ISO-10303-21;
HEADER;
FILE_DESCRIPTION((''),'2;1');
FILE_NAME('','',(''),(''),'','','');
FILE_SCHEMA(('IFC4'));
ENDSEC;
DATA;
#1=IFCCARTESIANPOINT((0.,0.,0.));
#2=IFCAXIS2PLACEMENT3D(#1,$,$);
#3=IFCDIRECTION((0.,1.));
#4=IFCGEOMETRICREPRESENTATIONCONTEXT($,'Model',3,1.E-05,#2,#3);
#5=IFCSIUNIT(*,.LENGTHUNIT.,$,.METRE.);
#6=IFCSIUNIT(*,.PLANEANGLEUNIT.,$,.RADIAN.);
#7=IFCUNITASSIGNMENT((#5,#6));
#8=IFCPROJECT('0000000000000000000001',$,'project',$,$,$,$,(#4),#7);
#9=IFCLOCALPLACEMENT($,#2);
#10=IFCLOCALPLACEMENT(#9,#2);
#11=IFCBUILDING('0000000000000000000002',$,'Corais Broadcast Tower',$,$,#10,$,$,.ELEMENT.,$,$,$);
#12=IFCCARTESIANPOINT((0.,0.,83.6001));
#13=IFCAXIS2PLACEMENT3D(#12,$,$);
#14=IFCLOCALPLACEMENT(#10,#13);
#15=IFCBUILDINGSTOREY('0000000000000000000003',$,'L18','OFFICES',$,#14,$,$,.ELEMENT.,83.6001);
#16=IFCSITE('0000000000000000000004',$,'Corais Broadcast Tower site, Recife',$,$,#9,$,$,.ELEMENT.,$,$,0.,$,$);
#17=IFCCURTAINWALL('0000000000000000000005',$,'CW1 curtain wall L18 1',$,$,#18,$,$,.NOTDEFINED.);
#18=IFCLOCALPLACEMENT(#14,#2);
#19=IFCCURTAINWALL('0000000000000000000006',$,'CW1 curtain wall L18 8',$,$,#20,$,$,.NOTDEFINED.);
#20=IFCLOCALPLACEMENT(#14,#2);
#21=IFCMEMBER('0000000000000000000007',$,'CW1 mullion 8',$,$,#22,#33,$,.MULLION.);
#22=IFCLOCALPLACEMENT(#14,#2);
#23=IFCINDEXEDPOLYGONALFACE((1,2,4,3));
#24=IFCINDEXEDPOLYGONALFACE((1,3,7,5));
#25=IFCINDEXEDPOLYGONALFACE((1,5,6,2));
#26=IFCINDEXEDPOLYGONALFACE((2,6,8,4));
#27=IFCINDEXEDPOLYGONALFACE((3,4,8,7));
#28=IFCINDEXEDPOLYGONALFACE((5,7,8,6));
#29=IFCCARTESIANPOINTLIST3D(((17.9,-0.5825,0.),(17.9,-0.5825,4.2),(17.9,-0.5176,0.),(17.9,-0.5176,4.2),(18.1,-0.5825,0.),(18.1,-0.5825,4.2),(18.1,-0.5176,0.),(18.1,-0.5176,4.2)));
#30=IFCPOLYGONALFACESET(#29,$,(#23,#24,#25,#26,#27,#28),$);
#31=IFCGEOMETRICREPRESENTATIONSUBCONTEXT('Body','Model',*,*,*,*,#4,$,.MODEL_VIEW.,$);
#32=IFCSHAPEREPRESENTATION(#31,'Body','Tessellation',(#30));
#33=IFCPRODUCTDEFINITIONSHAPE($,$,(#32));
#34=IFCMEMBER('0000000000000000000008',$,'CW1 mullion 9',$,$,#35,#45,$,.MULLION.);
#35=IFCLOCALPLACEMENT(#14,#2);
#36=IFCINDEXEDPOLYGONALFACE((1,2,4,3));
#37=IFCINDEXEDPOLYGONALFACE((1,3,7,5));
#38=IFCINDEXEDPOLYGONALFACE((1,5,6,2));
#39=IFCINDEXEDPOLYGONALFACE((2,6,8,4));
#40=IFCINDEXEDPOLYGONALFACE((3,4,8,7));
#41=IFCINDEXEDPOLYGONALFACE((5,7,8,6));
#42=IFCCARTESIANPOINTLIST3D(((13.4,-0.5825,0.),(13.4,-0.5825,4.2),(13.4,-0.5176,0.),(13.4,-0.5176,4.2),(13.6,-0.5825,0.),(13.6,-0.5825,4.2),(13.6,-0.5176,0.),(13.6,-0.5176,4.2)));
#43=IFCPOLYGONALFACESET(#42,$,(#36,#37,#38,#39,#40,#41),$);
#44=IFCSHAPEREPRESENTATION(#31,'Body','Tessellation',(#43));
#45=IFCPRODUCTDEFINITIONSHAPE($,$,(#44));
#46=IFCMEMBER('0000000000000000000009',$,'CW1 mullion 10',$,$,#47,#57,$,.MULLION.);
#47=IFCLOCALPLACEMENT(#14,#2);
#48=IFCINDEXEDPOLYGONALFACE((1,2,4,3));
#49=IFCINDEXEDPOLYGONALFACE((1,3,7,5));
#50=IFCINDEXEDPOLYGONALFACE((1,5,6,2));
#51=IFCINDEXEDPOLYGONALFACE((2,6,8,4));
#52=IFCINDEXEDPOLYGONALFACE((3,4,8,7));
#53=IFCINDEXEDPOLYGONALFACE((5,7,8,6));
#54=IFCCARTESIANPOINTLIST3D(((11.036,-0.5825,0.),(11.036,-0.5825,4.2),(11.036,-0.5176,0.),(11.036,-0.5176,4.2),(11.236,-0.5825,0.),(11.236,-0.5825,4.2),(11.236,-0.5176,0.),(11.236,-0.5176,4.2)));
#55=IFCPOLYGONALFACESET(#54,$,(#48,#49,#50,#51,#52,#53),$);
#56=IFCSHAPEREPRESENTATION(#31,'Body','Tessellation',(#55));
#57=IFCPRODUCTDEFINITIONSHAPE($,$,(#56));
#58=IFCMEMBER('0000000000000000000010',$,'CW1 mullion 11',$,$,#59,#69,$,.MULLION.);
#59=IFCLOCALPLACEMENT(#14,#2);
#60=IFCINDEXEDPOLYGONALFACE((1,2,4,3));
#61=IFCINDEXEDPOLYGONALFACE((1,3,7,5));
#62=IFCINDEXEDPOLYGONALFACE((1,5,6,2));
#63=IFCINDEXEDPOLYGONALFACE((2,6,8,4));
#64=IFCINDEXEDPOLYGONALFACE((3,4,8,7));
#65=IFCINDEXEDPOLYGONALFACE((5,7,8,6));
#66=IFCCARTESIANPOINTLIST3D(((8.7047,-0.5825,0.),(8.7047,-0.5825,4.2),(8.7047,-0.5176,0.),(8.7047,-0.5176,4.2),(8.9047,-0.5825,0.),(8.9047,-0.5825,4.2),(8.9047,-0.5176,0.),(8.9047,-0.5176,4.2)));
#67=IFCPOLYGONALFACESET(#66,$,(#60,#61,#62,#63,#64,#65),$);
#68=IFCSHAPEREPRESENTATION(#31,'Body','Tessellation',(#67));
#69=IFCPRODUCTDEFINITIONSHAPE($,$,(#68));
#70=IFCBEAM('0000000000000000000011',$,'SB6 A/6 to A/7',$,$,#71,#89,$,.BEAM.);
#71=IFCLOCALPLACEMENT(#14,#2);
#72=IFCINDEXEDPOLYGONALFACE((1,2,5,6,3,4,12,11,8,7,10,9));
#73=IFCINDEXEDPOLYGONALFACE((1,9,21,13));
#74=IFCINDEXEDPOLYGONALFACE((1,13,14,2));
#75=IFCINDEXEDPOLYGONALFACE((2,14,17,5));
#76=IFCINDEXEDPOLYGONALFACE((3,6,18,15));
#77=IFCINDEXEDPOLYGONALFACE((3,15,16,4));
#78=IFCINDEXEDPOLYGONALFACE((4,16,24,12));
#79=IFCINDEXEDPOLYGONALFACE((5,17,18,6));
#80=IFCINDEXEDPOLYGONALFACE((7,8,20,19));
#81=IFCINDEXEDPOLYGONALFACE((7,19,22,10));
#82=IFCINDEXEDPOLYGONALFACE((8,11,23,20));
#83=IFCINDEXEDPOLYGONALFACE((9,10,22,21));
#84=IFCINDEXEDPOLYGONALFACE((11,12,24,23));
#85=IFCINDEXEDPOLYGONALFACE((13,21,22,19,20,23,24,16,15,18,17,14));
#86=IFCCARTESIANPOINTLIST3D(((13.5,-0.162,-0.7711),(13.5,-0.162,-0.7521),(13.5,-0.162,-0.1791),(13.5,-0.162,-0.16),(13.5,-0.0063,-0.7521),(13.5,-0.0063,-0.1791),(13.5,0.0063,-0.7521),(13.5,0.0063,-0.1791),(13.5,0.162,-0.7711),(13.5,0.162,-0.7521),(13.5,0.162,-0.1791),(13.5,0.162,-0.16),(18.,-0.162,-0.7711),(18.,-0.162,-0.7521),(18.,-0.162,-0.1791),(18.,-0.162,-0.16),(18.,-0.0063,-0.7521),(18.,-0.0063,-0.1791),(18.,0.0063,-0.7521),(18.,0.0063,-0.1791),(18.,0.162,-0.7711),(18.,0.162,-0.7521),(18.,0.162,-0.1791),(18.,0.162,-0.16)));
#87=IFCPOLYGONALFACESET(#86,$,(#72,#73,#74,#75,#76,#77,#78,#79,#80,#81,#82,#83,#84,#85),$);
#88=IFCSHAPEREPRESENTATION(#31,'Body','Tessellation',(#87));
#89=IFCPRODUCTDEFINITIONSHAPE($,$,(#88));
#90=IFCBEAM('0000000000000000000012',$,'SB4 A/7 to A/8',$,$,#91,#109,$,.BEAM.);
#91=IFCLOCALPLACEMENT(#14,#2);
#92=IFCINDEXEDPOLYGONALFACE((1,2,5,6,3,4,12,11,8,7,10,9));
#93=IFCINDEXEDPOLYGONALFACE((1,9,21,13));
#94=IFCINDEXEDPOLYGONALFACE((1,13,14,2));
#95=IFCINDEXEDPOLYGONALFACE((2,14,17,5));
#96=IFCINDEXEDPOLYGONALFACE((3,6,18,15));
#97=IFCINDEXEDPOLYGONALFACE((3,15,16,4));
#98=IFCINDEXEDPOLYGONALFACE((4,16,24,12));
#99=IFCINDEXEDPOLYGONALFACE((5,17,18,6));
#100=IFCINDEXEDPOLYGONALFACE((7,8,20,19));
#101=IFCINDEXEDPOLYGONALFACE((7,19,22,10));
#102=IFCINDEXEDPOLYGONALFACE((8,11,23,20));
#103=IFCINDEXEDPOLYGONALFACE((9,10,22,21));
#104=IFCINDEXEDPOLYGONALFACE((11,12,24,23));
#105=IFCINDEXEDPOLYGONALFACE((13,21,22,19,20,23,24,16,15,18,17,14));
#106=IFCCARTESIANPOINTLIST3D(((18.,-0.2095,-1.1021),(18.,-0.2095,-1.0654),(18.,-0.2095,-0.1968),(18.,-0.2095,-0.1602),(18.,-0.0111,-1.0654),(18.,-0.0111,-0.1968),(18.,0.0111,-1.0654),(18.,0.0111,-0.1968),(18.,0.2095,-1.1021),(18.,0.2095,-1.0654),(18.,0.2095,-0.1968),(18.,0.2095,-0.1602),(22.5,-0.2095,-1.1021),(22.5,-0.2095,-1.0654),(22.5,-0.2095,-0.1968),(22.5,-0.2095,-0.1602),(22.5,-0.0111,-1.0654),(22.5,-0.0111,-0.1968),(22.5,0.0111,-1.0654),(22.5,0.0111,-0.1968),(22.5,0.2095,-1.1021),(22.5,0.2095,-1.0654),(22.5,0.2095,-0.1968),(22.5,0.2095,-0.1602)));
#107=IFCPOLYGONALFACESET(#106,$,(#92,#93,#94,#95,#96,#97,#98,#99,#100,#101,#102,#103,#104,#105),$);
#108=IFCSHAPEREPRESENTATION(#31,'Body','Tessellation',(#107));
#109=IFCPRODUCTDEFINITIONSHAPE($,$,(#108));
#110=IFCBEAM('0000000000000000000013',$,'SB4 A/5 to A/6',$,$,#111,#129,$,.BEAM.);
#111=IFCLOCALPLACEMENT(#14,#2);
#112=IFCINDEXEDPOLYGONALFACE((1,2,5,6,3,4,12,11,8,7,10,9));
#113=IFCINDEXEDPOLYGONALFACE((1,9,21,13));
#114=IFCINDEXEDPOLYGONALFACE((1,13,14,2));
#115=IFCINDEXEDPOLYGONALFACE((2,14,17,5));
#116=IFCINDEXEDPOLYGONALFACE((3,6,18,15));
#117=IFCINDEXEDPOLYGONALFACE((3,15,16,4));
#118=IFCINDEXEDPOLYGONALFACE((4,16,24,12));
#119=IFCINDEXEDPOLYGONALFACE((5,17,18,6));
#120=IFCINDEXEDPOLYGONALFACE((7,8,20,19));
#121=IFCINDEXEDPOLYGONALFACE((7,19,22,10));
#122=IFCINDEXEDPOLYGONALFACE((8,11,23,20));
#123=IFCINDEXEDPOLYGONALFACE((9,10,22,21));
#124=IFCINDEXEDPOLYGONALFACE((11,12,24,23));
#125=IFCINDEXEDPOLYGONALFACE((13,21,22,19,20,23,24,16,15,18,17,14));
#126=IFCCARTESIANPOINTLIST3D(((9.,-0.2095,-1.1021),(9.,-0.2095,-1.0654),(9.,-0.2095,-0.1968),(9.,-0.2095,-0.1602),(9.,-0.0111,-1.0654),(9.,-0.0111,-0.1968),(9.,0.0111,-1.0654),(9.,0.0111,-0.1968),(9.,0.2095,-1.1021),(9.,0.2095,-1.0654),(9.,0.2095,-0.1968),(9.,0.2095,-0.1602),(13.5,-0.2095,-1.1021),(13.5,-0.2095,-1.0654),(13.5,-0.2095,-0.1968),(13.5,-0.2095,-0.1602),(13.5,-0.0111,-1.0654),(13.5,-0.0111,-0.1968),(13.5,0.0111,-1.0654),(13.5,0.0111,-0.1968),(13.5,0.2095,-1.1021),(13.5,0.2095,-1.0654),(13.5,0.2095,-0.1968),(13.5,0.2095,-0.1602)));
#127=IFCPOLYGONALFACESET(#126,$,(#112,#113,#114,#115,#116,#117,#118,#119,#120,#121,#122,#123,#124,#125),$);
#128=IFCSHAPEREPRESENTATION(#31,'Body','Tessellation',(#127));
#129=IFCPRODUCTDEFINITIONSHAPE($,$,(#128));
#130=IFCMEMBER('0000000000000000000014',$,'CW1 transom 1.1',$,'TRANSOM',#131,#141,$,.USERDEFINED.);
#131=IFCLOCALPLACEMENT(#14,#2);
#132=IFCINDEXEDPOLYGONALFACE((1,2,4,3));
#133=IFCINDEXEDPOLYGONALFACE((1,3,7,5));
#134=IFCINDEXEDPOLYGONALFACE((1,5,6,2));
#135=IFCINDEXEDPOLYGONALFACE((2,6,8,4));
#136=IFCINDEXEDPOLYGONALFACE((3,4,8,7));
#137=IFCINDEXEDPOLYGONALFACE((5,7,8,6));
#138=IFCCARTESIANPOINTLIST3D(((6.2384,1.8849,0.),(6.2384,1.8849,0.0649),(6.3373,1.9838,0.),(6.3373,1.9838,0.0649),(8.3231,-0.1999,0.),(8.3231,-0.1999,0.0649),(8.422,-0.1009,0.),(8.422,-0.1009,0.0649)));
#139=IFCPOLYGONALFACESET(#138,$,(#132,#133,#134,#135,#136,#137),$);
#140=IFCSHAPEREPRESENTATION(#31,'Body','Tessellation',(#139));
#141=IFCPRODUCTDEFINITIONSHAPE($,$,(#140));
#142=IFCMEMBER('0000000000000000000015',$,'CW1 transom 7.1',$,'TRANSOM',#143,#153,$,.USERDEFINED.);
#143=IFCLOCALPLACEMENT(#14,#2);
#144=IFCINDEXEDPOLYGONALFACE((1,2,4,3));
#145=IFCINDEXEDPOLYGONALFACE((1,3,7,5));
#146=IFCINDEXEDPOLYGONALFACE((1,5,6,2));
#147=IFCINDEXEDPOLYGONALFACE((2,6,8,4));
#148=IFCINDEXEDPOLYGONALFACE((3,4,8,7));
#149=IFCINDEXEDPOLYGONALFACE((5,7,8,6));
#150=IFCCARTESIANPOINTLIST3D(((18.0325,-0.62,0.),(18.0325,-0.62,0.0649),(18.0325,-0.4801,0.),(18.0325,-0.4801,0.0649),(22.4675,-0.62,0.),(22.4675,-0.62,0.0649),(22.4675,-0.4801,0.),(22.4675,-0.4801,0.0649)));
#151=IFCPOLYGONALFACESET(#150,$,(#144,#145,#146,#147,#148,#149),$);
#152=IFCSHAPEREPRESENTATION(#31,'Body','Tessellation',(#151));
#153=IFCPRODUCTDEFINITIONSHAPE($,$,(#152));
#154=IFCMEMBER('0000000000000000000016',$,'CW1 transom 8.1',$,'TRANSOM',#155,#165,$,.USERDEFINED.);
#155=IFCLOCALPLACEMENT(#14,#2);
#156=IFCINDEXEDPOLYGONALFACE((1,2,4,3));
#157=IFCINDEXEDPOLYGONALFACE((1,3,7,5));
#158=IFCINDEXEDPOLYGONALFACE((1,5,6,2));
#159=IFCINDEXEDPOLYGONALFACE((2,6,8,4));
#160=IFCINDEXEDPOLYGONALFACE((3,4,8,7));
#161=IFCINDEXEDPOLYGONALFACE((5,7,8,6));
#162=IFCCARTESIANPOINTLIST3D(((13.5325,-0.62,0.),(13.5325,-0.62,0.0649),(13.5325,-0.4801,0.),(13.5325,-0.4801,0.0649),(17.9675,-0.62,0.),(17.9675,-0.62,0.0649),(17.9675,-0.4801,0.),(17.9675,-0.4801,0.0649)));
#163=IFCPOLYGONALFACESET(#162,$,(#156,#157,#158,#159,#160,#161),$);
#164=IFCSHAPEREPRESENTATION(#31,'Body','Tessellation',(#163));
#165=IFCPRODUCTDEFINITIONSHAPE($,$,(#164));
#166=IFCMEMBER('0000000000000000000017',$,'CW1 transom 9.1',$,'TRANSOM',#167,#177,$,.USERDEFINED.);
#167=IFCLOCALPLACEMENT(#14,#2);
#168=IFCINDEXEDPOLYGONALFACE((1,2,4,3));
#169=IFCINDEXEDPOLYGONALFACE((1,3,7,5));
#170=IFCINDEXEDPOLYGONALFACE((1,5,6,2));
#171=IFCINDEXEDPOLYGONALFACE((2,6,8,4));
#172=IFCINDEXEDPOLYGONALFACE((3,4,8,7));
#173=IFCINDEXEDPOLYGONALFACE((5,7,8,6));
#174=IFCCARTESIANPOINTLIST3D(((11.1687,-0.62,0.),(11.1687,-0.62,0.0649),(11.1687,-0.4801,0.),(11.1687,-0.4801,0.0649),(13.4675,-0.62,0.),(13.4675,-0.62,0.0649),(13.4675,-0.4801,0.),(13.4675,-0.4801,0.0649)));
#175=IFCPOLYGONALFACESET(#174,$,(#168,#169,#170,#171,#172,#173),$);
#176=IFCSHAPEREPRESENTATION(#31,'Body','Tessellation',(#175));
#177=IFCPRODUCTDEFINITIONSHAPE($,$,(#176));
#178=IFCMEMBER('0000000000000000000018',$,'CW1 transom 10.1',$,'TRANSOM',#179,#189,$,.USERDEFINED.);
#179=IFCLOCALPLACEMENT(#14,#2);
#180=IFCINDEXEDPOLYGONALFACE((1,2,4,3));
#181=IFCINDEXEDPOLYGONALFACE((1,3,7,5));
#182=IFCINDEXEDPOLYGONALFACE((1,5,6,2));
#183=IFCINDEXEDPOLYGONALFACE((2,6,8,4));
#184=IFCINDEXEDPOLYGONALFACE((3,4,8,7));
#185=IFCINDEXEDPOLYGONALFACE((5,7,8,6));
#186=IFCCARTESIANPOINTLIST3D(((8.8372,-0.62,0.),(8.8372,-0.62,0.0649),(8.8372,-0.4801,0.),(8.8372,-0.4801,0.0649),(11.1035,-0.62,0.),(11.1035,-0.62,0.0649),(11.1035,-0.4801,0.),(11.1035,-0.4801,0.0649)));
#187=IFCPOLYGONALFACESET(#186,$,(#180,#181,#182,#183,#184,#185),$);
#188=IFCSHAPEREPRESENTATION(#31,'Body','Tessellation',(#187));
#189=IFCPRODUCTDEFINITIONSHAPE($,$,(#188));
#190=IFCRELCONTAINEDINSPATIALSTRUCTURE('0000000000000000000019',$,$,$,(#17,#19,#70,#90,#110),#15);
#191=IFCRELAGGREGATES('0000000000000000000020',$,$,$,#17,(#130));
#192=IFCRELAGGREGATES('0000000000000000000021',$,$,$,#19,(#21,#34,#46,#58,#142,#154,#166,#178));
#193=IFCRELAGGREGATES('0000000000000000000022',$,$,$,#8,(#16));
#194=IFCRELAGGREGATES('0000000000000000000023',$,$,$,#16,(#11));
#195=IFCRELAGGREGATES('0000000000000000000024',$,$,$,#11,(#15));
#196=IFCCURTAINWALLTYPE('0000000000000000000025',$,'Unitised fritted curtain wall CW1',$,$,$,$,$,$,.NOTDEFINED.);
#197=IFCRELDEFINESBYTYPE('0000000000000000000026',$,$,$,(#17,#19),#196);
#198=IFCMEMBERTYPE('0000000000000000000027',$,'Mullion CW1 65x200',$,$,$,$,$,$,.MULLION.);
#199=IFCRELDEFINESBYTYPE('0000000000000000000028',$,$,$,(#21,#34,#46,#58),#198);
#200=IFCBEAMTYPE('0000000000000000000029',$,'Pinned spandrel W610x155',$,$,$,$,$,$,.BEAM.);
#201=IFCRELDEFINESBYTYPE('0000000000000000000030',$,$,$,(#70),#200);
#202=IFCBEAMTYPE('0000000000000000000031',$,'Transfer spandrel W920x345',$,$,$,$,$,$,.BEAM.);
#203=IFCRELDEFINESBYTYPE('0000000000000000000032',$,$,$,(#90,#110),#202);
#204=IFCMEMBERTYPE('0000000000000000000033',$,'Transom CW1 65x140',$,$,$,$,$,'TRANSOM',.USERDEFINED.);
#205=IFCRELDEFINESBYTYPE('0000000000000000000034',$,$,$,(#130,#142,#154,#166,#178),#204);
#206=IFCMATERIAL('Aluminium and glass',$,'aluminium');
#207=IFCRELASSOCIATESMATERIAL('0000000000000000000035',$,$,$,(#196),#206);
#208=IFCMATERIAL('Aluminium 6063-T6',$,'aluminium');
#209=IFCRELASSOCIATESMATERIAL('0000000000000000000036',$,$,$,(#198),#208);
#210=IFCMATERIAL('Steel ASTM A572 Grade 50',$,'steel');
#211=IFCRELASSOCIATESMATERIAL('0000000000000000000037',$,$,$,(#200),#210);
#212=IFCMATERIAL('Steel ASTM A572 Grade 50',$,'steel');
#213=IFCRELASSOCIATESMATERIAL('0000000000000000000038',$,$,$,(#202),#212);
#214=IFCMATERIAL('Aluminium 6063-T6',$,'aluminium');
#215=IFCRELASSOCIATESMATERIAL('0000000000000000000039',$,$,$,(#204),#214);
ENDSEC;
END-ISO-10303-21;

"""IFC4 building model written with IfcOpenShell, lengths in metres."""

from ifc_helpers import new_model, si_unit, direction, frame, origin, origin_2d, place, context, subcontext, project, spatial, rectangle, i_section, extrude, material, material_profile, profile_set, type_object, element, aggregate, save


model = new_model("IFC4")

# Units and contexts
model_context = context("Model", 3, precision=1e-05, world=origin(), true_north=direction((0.0, 1.0)))
body_context = subcontext(model_context, "Body", "Model", "MODEL_VIEW")
ifc_project = project(units=[si_unit("LENGTHUNIT", "METRE"), si_unit("PLANEANGLEUNIT", "RADIAN")], contexts=[model_context])

# Site, building, storey
site_placement = place(None, origin())
site = spatial("IfcSite", under=ifc_project, at=site_placement, Name="Corais Broadcast Tower site, Recife", CompositionType="ELEMENT", RefElevation=0.0)
building_placement = place(site_placement, origin())
building = spatial("IfcBuilding", under=site, at=building_placement, Name="Corais Broadcast Tower", CompositionType="ELEMENT")
storey_placement = place(building_placement, frame((0.0, 0.0, 83.6001)))
storey = spatial("IfcBuildingStorey", under=building, at=storey_placement, Name="L18", Description="OFFICES", CompositionType="ELEMENT", Elevation=83.6001)

# Curtain wall
ifc_material_1 = material(Name="Aluminium and glass", Category="aluminium")
curtain_wall_type = type_object("IfcCurtainWallType", Name="Unitised fritted curtain wall CW1", PredefinedType="NOTDEFINED", material=ifc_material_1)
curtain_wall_1_placement = place(storey_placement, origin())
curtain_wall_1 = element("IfcCurtainWall", 1, at=curtain_wall_1_placement, inside=storey, type_object=curtain_wall_type, Name="CW1 curtain wall L18 1", PredefinedType="NOTDEFINED")
ifc_material_2 = material(Name="Aluminium 6063-T6", Category="aluminium")
ifc_material_profile_1 = material_profile(ifc_material_2, rectangle(XDim=0.0649, YDim=0.2, at=origin_2d()), Name="Mullion CW1 65x200")
ifc_profile_set_1 = profile_set([ifc_material_profile_1], Name="Aluminium 6063-T6")
member_type_1 = type_object("IfcMemberType", Name="Mullion CW1 65x200", PredefinedType="MULLION", material=ifc_profile_set_1)

# Curtain wall, members
curtain_wall_2_placement = place(storey_placement, origin())
curtain_wall_2 = element("IfcCurtainWall", 2, at=curtain_wall_2_placement, inside=storey, type_object=curtain_wall_type, Name="CW1 curtain wall L18 8", PredefinedType="NOTDEFINED")
member_1_placement = place(storey_placement, frame((18.0, -0.55, 0.0), z_axis=(0.0, 0.0, 1.0), x_axis=(0.0, -1.0, 0.0)))
member_1 = element("IfcMember", 3, at=member_1_placement, type_object=member_type_1, Name="CW1 mullion 8", PredefinedType="MULLION", context=body_context, shape_type="SweptSolid", body=[
    extrude(rectangle(XDim=0.0649, YDim=0.2, at=origin_2d()), origin(), (0.0, 0.0, 1.0), 4.2),
])
member_2_placement = place(storey_placement, frame((13.5, -0.55, 0.0), z_axis=(0.0, 0.0, 1.0), x_axis=(0.0, -1.0, 0.0)))
member_2 = element("IfcMember", 4, at=member_2_placement, type_object=member_type_1, Name="CW1 mullion 9", PredefinedType="MULLION", context=body_context, shape_type="SweptSolid", body=[
    extrude(rectangle(XDim=0.0649, YDim=0.2, at=origin_2d()), origin(), (0.0, 0.0, 1.0), 4.2),
])
member_3_placement = place(storey_placement, frame((11.136, -0.55, 0.0), z_axis=(0.0, 0.0, 1.0), x_axis=(0.0, -1.0, 0.0)))
member_3 = element("IfcMember", 5, at=member_3_placement, type_object=member_type_1, Name="CW1 mullion 10", PredefinedType="MULLION", context=body_context, shape_type="SweptSolid", body=[
    extrude(rectangle(XDim=0.0649, YDim=0.2, at=origin_2d()), origin(), (0.0, 0.0, 1.0), 4.2),
])
member_4_placement = place(storey_placement, frame((8.8047, -0.55, 0.0), z_axis=(0.0, 0.0, 1.0), x_axis=(0.0, -1.0, 0.0)))
member_4 = element("IfcMember", 6, at=member_4_placement, type_object=member_type_1, Name="CW1 mullion 11", PredefinedType="MULLION", context=body_context, shape_type="SweptSolid", body=[
    extrude(rectangle(XDim=0.0649, YDim=0.2, at=origin_2d()), origin(), (0.0, 0.0, 1.0), 4.2),
])

# Beams
ifc_material_3 = material(Name="Steel ASTM A572 Grade 50", Category="steel")
ifc_material_profile_2 = material_profile(ifc_material_3, i_section(OverallWidth=0.324, OverallDepth=0.6111, WebThickness=0.0127, FlangeThickness=0.019, at=origin_2d()), Name="W610x155")
ifc_profile_set_2 = profile_set([ifc_material_profile_2], Name="Steel ASTM A572 Grade 50")
beam_type_1 = type_object("IfcBeamType", Name="Pinned spandrel W610x155", PredefinedType="BEAM", material=ifc_profile_set_2)
beam_1_placement = place(storey_placement, frame((13.5, 0.0, -0.4656), z_axis=(1.0, 0.0, 0.0), x_axis=(0.0, 1.0, 0.0)))
element("IfcBeam", 7, at=beam_1_placement, inside=storey, type_object=beam_type_1, Name="SB6 A/6 to A/7", PredefinedType="BEAM", context=body_context, shape_type="SweptSolid", body=[
    extrude(i_section(OverallWidth=0.324, OverallDepth=0.6111, WebThickness=0.0127, FlangeThickness=0.019, at=origin_2d()), origin(), (0.0, 0.0, 1.0), 4.5),
])
ifc_material_4 = material(Name="Steel ASTM A572 Grade 50", Category="steel")
ifc_material_profile_3 = material_profile(ifc_material_4, i_section(OverallWidth=0.4189, OverallDepth=0.9419, WebThickness=0.0222, FlangeThickness=0.0366, at=origin_2d()), Name="W920x345")
ifc_profile_set_3 = profile_set([ifc_material_profile_3], Name="Steel ASTM A572 Grade 50")
beam_type_2 = type_object("IfcBeamType", Name="Transfer spandrel W920x345", PredefinedType="BEAM", material=ifc_profile_set_3)
for number, where, z_axis, x_axis, name in (
    (8, (18.0, 0.0, -0.6311), (1.0, 0.0, 0.0), (0.0, 1.0, 0.0), "SB4 A/7 to A/8"),
    (9, (9.0, 0.0, -0.6311), (1.0, 0.0, 0.0), (0.0, 1.0, 0.0), "SB4 A/5 to A/6"),
):
    element("IfcBeam", number, at=place(storey_placement, frame(where, z_axis=z_axis, x_axis=x_axis)), inside=storey, type_object=beam_type_2, Name=name, PredefinedType="BEAM", context=body_context, shape_type="SweptSolid", body=[
        extrude(i_section(OverallWidth=0.4189, OverallDepth=0.9419, WebThickness=0.0222, FlangeThickness=0.0366, at=origin_2d()), origin(), (0.0, 0.0, 1.0), 4.5),
    ])

# Members
ifc_material_5 = material(Name="Aluminium 6063-T6", Category="aluminium")
ifc_material_profile_4 = material_profile(ifc_material_5, rectangle(XDim=0.1399, YDim=0.0649, at=origin_2d()), Name="Transom CW1 65x140")
ifc_profile_set_4 = profile_set([ifc_material_profile_4], Name="Aluminium 6063-T6")
member_type_2 = type_object("IfcMemberType", Name="Transom CW1 65x140", ElementType="TRANSOM", PredefinedType="USERDEFINED", material=ifc_profile_set_4)
member_5_placement = place(storey_placement, frame((8.3726, -0.1504, 0.0325), z_axis=(-0.707107, 0.707107, 0.0), x_axis=(-0.707107, -0.707107, 0.0)))
member_5 = element("IfcMember", 10, at=member_5_placement, type_object=member_type_2, Name="CW1 transom 1.1", ObjectType="TRANSOM", PredefinedType="USERDEFINED", context=body_context, shape_type="SweptSolid", body=[
    extrude(rectangle(XDim=0.1399, YDim=0.0649, at=origin_2d()), origin(), (0.0, 0.0, 1.0), 2.9482),
])
aggregate(curtain_wall_1, [member_5])
member_6_placement = place(storey_placement, frame((22.4675, -0.55, 0.0325), z_axis=(-1.0, 0.0, 0.0), x_axis=(0.0, -1.0, 0.0)))
member_6 = element("IfcMember", 11, at=member_6_placement, type_object=member_type_2, Name="CW1 transom 7.1", ObjectType="TRANSOM", PredefinedType="USERDEFINED", context=body_context, shape_type="SweptSolid", body=[
    extrude(rectangle(XDim=0.1399, YDim=0.0649, at=origin_2d()), origin(), (0.0, 0.0, 1.0), 4.4351),
])
member_7_placement = place(storey_placement, frame((17.9675, -0.55, 0.0325), z_axis=(-1.0, 0.0, 0.0), x_axis=(0.0, -1.0, 0.0)))
member_7 = element("IfcMember", 12, at=member_7_placement, type_object=member_type_2, Name="CW1 transom 8.1", ObjectType="TRANSOM", PredefinedType="USERDEFINED", context=body_context, shape_type="SweptSolid", body=[
    extrude(rectangle(XDim=0.1399, YDim=0.0649, at=origin_2d()), origin(), (0.0, 0.0, 1.0), 4.4351),
])
member_8_placement = place(storey_placement, frame((13.4675, -0.55, 0.0325), z_axis=(-1.0, 0.0, 0.0), x_axis=(0.0, -1.0, 0.0)))
member_8 = element("IfcMember", 13, at=member_8_placement, type_object=member_type_2, Name="CW1 transom 9.1", ObjectType="TRANSOM", PredefinedType="USERDEFINED", context=body_context, shape_type="SweptSolid", body=[
    extrude(rectangle(XDim=0.1399, YDim=0.0649, at=origin_2d()), origin(), (0.0, 0.0, 1.0), 2.2988),
])
member_9_placement = place(storey_placement, frame((11.1035, -0.55, 0.0325), z_axis=(-1.0, 0.0, 0.0), x_axis=(0.0, -1.0, 0.0)))
member_9 = element("IfcMember", 14, at=member_9_placement, type_object=member_type_2, Name="CW1 transom 10.1", ObjectType="TRANSOM", PredefinedType="USERDEFINED", context=body_context, shape_type="SweptSolid", body=[
    extrude(rectangle(XDim=0.1399, YDim=0.0649, at=origin_2d()), origin(), (0.0, 0.0, 1.0), 2.2664),
])

aggregate(curtain_wall_2, [member_1, member_2, member_3, member_4, member_6, member_7, member_8, member_9])

save(model, "model.ifc")
